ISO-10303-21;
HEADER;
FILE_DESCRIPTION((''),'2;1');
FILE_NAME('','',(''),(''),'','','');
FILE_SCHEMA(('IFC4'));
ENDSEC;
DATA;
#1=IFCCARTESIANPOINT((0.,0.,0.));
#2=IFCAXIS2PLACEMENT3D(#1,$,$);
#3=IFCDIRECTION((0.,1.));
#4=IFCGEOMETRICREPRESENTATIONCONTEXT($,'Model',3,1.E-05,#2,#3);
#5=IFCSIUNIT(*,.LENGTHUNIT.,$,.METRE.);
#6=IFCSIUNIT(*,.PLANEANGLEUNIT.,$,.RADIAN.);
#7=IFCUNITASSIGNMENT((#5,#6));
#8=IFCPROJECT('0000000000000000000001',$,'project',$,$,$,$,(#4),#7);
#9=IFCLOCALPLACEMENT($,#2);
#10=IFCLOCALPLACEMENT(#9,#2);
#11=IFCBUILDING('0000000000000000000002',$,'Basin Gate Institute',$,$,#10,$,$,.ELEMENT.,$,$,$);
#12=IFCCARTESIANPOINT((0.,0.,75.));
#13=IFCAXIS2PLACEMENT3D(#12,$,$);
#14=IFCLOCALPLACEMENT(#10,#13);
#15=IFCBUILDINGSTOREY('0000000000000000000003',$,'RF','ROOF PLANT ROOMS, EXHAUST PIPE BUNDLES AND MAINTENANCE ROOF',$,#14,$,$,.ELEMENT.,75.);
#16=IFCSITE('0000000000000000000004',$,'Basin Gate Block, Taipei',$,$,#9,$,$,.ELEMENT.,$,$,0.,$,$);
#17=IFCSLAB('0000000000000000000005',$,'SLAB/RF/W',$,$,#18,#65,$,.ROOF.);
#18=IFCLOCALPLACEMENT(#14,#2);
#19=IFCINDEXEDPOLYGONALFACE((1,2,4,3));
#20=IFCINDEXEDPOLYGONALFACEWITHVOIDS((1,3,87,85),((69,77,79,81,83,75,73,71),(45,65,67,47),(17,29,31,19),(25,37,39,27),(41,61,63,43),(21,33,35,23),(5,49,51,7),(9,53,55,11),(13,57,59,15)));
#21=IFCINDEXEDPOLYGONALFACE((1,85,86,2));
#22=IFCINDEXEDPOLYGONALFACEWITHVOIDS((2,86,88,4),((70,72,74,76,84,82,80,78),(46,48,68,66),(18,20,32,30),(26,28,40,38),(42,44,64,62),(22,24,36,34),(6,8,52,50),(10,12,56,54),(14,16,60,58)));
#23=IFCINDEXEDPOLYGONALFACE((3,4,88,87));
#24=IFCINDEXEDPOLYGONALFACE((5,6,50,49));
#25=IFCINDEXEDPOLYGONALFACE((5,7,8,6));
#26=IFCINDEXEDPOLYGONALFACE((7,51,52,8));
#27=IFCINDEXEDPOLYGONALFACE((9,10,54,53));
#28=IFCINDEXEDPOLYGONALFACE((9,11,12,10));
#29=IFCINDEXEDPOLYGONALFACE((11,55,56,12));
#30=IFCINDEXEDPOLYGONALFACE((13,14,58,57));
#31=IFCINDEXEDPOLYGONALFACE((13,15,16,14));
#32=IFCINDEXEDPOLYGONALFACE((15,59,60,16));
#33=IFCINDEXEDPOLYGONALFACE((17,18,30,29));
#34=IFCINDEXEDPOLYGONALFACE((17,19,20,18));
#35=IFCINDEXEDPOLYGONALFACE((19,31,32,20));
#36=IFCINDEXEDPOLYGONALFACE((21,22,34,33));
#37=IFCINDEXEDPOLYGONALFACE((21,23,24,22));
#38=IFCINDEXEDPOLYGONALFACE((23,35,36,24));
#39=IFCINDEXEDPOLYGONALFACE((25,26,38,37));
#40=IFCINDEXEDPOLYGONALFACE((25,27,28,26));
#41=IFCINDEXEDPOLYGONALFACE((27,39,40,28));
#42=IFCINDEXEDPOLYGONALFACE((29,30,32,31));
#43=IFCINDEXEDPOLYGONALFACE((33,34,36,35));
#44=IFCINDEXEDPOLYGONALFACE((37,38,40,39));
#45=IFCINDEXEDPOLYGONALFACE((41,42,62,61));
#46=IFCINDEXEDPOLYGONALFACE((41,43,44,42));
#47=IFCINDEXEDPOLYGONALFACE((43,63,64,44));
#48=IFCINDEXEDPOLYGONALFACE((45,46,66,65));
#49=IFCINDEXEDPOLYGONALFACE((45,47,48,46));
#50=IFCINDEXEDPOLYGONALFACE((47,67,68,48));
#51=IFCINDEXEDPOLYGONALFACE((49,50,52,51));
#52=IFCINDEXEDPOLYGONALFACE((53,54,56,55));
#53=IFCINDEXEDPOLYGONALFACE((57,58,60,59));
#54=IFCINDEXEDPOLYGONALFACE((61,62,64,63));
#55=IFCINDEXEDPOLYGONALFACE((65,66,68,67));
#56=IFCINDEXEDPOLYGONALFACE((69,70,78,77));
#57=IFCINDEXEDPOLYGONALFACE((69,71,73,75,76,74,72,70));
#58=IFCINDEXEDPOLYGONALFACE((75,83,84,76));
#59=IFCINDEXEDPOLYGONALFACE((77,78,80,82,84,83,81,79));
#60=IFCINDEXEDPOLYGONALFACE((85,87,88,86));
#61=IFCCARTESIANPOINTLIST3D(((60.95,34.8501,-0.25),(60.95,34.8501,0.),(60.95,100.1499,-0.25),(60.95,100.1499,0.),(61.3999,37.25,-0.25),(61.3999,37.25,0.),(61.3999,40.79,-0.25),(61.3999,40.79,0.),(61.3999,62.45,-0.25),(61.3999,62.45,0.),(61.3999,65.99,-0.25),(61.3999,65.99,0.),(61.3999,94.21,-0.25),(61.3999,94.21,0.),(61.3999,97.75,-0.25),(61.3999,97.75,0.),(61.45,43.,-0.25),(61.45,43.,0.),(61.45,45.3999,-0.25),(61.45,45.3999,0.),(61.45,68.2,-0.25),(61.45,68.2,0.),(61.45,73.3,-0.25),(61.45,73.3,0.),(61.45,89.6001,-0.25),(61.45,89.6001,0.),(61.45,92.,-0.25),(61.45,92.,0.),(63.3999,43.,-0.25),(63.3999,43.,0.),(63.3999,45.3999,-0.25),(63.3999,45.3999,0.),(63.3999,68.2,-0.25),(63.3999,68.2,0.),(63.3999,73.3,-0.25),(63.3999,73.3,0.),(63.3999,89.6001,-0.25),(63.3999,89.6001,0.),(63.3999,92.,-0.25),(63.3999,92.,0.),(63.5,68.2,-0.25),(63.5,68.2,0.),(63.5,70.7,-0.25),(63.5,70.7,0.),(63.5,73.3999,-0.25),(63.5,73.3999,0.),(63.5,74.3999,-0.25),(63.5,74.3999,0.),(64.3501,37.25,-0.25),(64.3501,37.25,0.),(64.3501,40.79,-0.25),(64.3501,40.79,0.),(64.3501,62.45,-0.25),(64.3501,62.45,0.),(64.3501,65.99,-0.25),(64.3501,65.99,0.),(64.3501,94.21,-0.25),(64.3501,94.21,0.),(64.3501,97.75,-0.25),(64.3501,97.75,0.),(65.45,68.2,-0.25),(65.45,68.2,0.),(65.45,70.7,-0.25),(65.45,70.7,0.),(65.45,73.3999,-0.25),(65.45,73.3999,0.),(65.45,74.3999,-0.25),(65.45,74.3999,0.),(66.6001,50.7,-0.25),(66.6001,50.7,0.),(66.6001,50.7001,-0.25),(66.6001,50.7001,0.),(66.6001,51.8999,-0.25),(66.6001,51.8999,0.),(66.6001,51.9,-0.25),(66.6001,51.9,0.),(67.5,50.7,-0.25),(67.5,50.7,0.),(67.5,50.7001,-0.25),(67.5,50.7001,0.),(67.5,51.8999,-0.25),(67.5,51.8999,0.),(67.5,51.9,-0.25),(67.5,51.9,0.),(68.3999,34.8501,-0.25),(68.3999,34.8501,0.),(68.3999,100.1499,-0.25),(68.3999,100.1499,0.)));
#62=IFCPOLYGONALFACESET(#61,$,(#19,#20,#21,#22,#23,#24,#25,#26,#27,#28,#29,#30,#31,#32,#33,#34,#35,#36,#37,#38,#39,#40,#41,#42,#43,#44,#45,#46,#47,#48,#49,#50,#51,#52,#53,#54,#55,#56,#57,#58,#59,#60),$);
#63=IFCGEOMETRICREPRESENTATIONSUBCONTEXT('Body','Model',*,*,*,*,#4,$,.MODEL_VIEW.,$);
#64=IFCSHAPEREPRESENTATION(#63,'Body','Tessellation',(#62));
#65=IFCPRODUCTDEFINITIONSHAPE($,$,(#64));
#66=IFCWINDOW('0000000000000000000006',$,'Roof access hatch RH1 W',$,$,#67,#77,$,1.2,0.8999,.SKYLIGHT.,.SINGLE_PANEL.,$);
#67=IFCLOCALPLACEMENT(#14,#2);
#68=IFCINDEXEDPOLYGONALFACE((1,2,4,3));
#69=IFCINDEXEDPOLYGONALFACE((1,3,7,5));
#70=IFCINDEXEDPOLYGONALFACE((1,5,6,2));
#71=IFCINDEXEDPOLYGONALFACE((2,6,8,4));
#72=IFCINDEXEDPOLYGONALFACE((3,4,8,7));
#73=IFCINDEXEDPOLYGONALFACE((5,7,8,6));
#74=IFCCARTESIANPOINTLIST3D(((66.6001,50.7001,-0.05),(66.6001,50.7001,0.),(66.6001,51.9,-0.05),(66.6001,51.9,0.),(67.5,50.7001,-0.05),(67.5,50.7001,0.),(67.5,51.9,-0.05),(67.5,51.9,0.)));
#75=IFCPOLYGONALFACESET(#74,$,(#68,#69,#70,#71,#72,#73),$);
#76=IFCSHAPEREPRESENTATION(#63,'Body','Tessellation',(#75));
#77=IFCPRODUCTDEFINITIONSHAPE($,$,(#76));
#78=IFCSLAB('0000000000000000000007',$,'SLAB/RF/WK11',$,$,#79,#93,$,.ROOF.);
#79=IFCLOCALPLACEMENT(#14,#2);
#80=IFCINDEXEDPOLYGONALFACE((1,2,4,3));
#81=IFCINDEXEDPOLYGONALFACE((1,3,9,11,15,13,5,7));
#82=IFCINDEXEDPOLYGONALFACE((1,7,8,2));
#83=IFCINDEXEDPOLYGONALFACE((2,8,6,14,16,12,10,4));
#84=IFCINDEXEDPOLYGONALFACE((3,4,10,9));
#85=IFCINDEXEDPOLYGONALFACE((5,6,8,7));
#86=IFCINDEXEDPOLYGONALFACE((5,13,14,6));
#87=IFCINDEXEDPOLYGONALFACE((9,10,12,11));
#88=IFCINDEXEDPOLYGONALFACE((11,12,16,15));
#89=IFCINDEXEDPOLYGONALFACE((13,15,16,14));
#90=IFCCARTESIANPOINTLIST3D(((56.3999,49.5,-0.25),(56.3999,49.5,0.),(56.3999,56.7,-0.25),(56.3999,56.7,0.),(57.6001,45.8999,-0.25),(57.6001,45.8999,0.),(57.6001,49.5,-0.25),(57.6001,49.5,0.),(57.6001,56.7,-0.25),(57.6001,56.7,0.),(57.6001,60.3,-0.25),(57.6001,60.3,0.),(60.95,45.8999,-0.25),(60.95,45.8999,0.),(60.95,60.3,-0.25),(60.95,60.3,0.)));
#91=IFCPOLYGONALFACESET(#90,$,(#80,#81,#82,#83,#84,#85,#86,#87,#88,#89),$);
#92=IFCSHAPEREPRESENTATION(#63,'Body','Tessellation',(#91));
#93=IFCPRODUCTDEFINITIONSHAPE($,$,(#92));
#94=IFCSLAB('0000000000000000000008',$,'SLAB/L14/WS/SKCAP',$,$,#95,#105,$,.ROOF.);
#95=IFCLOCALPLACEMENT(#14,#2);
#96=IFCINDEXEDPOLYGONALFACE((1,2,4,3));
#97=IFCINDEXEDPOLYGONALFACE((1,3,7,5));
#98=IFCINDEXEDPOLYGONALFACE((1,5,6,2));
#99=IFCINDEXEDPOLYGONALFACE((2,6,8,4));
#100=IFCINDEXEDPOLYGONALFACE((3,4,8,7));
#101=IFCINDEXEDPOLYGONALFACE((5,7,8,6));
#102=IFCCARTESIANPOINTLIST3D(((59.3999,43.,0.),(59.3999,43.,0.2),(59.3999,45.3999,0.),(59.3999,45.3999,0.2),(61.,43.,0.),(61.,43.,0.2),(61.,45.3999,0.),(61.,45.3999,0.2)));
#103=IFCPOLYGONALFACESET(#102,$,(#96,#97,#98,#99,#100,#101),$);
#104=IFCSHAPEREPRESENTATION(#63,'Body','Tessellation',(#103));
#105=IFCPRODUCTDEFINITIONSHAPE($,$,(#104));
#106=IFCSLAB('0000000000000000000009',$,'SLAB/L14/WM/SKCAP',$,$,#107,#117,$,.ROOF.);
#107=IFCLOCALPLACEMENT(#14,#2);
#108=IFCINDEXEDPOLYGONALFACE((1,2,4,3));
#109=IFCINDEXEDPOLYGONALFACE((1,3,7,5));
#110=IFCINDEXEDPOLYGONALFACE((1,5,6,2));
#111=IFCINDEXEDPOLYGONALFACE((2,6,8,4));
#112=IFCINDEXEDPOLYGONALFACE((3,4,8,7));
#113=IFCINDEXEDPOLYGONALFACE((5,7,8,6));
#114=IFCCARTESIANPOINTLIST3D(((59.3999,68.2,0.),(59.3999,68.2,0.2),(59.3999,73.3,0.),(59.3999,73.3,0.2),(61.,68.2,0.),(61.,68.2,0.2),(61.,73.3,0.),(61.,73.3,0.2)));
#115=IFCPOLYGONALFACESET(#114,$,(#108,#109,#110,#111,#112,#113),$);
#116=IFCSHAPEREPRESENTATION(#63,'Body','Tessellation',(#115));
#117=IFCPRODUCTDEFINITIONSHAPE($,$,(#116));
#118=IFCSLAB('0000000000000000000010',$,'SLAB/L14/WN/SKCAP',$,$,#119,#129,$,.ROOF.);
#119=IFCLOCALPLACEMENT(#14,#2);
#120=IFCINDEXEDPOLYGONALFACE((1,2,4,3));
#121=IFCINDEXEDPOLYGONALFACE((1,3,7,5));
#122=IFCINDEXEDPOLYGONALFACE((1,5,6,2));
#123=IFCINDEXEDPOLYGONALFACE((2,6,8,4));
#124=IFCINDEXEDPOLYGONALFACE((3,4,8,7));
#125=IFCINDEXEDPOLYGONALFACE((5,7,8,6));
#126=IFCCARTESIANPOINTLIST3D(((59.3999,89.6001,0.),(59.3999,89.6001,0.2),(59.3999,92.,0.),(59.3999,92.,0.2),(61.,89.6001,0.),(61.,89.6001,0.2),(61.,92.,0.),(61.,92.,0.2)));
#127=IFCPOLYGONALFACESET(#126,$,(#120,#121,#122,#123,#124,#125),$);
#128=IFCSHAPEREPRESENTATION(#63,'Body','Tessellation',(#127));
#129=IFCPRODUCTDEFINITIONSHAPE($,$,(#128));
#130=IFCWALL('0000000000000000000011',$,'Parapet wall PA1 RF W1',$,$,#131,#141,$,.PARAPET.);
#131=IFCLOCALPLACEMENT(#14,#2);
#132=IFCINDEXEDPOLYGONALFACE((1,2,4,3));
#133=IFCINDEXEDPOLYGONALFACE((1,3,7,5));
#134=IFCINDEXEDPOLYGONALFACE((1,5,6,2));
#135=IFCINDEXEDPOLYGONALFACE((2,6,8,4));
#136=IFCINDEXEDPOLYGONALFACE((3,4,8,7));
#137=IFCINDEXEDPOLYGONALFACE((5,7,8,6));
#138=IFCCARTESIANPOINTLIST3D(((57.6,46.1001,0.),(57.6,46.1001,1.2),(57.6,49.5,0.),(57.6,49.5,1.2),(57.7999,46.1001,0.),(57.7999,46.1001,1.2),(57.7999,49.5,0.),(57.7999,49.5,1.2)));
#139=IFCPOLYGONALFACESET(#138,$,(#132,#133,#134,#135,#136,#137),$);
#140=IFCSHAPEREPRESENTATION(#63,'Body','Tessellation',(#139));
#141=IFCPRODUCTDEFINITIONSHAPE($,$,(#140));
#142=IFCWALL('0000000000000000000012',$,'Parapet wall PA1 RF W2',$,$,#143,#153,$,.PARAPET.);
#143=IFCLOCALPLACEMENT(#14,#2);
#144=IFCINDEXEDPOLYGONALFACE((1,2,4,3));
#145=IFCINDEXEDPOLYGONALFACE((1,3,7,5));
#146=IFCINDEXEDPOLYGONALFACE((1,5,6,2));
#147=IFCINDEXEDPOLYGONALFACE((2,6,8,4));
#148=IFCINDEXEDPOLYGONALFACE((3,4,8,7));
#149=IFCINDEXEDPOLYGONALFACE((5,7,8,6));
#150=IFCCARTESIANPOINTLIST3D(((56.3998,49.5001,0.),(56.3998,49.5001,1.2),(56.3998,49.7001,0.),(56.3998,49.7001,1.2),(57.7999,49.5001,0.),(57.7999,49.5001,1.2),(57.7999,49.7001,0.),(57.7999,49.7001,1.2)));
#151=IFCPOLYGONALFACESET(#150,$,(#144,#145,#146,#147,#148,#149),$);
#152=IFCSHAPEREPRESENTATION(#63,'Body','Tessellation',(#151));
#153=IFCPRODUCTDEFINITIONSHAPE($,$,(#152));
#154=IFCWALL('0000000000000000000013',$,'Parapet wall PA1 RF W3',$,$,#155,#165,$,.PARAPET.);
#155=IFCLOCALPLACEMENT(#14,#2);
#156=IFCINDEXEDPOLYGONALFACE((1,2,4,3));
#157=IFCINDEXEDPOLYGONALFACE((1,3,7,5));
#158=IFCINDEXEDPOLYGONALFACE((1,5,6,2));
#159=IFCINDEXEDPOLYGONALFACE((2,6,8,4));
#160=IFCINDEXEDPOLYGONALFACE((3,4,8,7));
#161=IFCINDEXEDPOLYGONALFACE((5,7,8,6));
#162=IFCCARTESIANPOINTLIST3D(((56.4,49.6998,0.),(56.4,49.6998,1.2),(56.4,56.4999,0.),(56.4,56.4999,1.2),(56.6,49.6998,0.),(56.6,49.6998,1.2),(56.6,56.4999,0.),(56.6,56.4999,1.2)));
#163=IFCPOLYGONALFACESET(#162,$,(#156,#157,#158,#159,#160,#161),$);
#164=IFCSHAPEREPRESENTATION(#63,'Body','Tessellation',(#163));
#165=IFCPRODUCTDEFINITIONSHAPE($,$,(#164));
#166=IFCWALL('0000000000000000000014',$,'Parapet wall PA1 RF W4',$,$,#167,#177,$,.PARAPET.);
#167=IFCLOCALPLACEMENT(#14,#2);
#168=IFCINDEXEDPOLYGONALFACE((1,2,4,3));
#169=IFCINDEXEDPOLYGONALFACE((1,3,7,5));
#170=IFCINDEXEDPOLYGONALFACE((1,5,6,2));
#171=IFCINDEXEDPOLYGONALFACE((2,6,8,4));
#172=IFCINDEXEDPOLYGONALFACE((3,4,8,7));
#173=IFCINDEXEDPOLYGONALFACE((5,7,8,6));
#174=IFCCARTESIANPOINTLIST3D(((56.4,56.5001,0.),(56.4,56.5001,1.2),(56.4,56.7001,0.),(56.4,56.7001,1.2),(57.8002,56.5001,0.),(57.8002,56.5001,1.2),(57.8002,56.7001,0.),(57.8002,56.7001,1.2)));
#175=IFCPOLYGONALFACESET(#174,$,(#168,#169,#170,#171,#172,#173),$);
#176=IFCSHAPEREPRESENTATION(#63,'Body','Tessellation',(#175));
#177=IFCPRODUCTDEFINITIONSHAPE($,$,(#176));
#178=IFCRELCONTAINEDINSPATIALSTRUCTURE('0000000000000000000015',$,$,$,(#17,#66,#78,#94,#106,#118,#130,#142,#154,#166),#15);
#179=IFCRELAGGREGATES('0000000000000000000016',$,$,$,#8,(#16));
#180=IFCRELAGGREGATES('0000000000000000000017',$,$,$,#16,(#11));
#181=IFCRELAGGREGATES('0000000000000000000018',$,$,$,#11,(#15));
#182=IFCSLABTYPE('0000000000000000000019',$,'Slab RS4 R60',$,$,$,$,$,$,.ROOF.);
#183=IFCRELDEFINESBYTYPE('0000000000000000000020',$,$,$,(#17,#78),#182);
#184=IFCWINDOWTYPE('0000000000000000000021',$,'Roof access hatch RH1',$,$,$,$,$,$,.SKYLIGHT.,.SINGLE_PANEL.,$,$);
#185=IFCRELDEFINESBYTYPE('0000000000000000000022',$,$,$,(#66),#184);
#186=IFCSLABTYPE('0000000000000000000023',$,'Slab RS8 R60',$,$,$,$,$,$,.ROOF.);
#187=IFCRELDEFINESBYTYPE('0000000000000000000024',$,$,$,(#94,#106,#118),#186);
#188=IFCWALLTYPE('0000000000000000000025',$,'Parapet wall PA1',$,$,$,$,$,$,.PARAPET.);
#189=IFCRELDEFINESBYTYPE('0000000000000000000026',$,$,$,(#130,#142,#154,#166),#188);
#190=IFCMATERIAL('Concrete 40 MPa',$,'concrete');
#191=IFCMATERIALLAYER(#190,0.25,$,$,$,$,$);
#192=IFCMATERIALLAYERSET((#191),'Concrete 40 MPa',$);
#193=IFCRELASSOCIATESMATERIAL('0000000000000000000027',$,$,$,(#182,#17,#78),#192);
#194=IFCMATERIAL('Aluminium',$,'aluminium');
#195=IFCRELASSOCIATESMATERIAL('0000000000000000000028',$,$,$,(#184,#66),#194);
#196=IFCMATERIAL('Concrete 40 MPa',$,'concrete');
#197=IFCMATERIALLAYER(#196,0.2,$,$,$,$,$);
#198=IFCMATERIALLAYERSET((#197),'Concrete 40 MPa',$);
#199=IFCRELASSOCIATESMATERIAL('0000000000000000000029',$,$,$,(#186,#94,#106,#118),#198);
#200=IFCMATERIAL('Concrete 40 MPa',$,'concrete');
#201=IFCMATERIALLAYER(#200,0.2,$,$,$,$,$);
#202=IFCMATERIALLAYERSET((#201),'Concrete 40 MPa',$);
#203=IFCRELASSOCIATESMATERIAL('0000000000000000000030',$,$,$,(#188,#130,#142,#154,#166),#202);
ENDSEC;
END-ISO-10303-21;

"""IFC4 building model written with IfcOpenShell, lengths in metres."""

from ifc_helpers import new_model, si_unit, direction, frame, frame_2d, origin, origin_2d, place, context, subcontext, project, spatial, polyline, rectangle, outline, extrude, material, layer, layer_set, type_object, element, fill, save


model = new_model("IFC4")

# Units and contexts
model_context = context("Model", 3, precision=1e-05, world=origin(), true_north=direction((0.0, 1.0)))
body_context = subcontext(model_context, "Body", "Model", "MODEL_VIEW")
ifc_project = project(units=[si_unit("LENGTHUNIT", "METRE"), si_unit("PLANEANGLEUNIT", "RADIAN")], contexts=[model_context])

# Site, building, storey
site_placement = place(None, origin())
site = spatial("IfcSite", under=ifc_project, at=site_placement, Name="Basin Gate Block, Taipei", CompositionType="ELEMENT", RefElevation=0.0)
building_placement = place(site_placement, origin())
building = spatial("IfcBuilding", under=site, at=building_placement, Name="Basin Gate Institute", CompositionType="ELEMENT")
storey_placement = place(building_placement, frame((0.0, 0.0, 75.0)))
storey = spatial("IfcBuildingStorey", under=building, at=storey_placement, Name="RF", Description="ROOF PLANT ROOMS, EXHAUST PIPE BUNDLES AND MAINTENANCE ROOF", CompositionType="ELEMENT", Elevation=75.0)

# Slab, opening, window
ifc_material_1 = material(Name="Concrete 40 MPa", Category="concrete")
ifc_layer_1 = layer(ifc_material_1, 0.25)
ifc_layer_set_1 = layer_set([ifc_layer_1], Name="Concrete 40 MPa")
slab_type_1 = type_object("IfcSlabType", Name="Slab RS4 R60", PredefinedType="ROOF", material=ifc_layer_set_1)
slab_1_placement = place(storey_placement, frame((0.0, 0.0, -0.25)))
slab_1 = element("IfcSlab", 1, at=slab_1_placement, inside=storey, type_object=slab_type_1, material=ifc_layer_set_1, Name="SLAB/RF/W", PredefinedType="ROOF", context=body_context, shape_type="SweptSolid", body=[
    extrude(outline(polyline([(60.95, 34.8501), (68.3999, 34.8501), (68.3999, 100.1499), (60.95, 100.1499), (60.95, 34.8501)]), holes=[polyline([(61.3999, 37.25), (64.3501, 37.25), (64.3501, 40.79), (61.3999, 40.79), (61.3999, 37.25)]), polyline([(61.3999, 62.45), (64.3501, 62.45), (64.3501, 65.99), (61.3999, 65.99), (61.3999, 62.45)]), polyline([(61.3999, 94.21), (64.3501, 94.21), (64.3501, 97.75), (61.3999, 97.75), (61.3999, 94.21)]), polyline([(61.45, 43.0), (63.3999, 43.0), (63.3999, 45.3999), (61.45, 45.3999), (61.45, 43.0)]), polyline([(61.45, 68.2), (63.3999, 68.2), (63.3999, 73.3), (61.45, 73.3), (61.45, 68.2)]), polyline([(63.5, 73.3999), (65.45, 73.3999), (65.45, 74.3999), (63.5, 74.3999), (63.5, 73.3999)]), polyline([(61.45, 89.6001), (63.3999, 89.6001), (63.3999, 92.0), (61.45, 92.0), (61.45, 89.6001)]), polyline([(63.5, 68.2), (65.45, 68.2), (65.45, 70.7), (63.5, 70.7), (63.5, 68.2)]), polyline([(66.6001, 50.7), (67.5, 50.7), (67.5, 51.8999), (66.6001, 51.8999), (66.6001, 50.7)])]), origin(), (0.0, 0.0, 1.0), 0.25),
])
opening_placement = place(slab_1_placement, frame((67.05, 51.3, 0.0)))
opening = element("IfcOpeningElement", 2, at=opening_placement, cuts=slab_1, PredefinedType="OPENING", context=body_context, shape_type="SweptSolid", body=[
    extrude(rectangle(XDim=0.8999, YDim=1.2, at=origin_2d()), origin(), (0.0, 0.0, 1.0), 0.25),
])
ifc_material_2 = material(Name="Aluminium", Category="aluminium")
window_type = type_object("IfcWindowType", Name="Roof access hatch RH1", PartitioningType="SINGLE_PANEL", PredefinedType="SKYLIGHT", material=ifc_material_2)
window_placement = place(opening_placement, frame((0.0, 0.0, 0.2)))
window = element("IfcWindow", 3, at=window_placement, inside=storey, type_object=window_type, material=ifc_material_2, Name="Roof access hatch RH1 W", OverallHeight=1.2, OverallWidth=0.8999, PartitioningType="SINGLE_PANEL", PredefinedType="SKYLIGHT", context=body_context, shape_type="SweptSolid", body=[
    extrude(rectangle(XDim=0.8999, YDim=1.2, at=origin_2d()), origin(), (0.0, 0.0, 1.0), 0.05),
])
fill(opening, window)

# Slabs
slab_2_placement = place(storey_placement, frame((0.0, 0.0, -0.25)))
element("IfcSlab", 4, at=slab_2_placement, inside=storey, type_object=slab_type_1, material=ifc_layer_set_1, Name="SLAB/RF/WK11", PredefinedType="ROOF", context=body_context, shape_type="SweptSolid", body=[
    extrude(outline(polyline([(57.6001, 45.8999), (57.6001, 49.5), (56.3999, 49.5), (56.3999, 56.7), (57.6001, 56.7), (57.6001, 60.3), (60.95, 60.3), (60.95, 45.8999), (57.6001, 45.8999)])), origin(), (0.0, 0.0, 1.0), 0.25),
])
ifc_material_3 = material(Name="Concrete 40 MPa", Category="concrete")
ifc_layer_2 = layer(ifc_material_3, 0.2)
ifc_layer_set_2 = layer_set([ifc_layer_2], Name="Concrete 40 MPa")
slab_type_2 = type_object("IfcSlabType", Name="Slab RS8 R60", PredefinedType="ROOF", material=ifc_layer_set_2)
slab_3_placement = place(storey_placement, origin())
element("IfcSlab", 5, at=slab_3_placement, inside=storey, type_object=slab_type_2, material=ifc_layer_set_2, Name="SLAB/L14/WS/SKCAP", PredefinedType="ROOF", context=body_context, shape_type="SweptSolid", body=[
    extrude(outline(polyline([(59.3999, 43.0), (61.0, 43.0), (61.0, 45.3999), (59.3999, 45.3999), (59.3999, 43.0)])), origin(), (0.0, 0.0, 1.0), 0.2),
])
slab_4_placement = place(storey_placement, origin())
element("IfcSlab", 6, at=slab_4_placement, inside=storey, type_object=slab_type_2, material=ifc_layer_set_2, Name="SLAB/L14/WM/SKCAP", PredefinedType="ROOF", context=body_context, shape_type="SweptSolid", body=[
    extrude(outline(polyline([(59.3999, 68.2), (61.0, 68.2), (61.0, 73.3), (59.3999, 73.3), (59.3999, 68.2)])), origin(), (0.0, 0.0, 1.0), 0.2),
])
slab_5_placement = place(storey_placement, origin())
element("IfcSlab", 7, at=slab_5_placement, inside=storey, type_object=slab_type_2, material=ifc_layer_set_2, Name="SLAB/L14/WN/SKCAP", PredefinedType="ROOF", context=body_context, shape_type="SweptSolid", body=[
    extrude(outline(polyline([(59.3999, 89.6001), (61.0, 89.6001), (61.0, 92.0), (59.3999, 92.0), (59.3999, 89.6001)])), origin(), (0.0, 0.0, 1.0), 0.2),
])

# Walls
ifc_material_4 = material(Name="Concrete 40 MPa", Category="concrete")
ifc_layer_3 = layer(ifc_material_4, 0.2)
ifc_layer_set_3 = layer_set([ifc_layer_3], Name="Concrete 40 MPa")
wall_type = type_object("IfcWallType", Name="Parapet wall PA1", PredefinedType="PARAPET", material=ifc_layer_set_3)
wall_1_placement = place(storey_placement, frame((57.7, 46.1001, 0.0), z_axis=(0.0, 0.0, 1.0), x_axis=(0.0, 1.0, 0.0)))
element("IfcWall", 8, at=wall_1_placement, inside=storey, type_object=wall_type, material=ifc_layer_set_3, Name="Parapet wall PA1 RF W1", PredefinedType="PARAPET", context=body_context, shape_type="SweptSolid", body=[
    extrude(rectangle(XDim=3.3999, YDim=0.2, at=frame_2d((1.7, 0.0))), origin(), (0.0, 0.0, 1.0), 1.2),
])
wall_2_placement = place(storey_placement, frame((57.8, 49.6001, 0.0), z_axis=(0.0, 0.0, 1.0), x_axis=(-1.0, 0.0, 0.0)))
element("IfcWall", 9, at=wall_2_placement, inside=storey, type_object=wall_type, material=ifc_layer_set_3, Name="Parapet wall PA1 RF W2", PredefinedType="PARAPET", context=body_context, shape_type="SweptSolid", body=[
    extrude(rectangle(XDim=1.4001, YDim=0.2, at=frame_2d((0.7002, 0.0))), origin(), (0.0, 0.0, 1.0), 1.2),
])
wall_3_placement = place(storey_placement, frame((56.5, 49.7, 0.0), z_axis=(0.0, 0.0, 1.0), x_axis=(0.0, 1.0, 0.0)))
element("IfcWall", 10, at=wall_3_placement, inside=storey, type_object=wall_type, material=ifc_layer_set_3, Name="Parapet wall PA1 RF W3", PredefinedType="PARAPET", context=body_context, shape_type="SweptSolid", body=[
    extrude(rectangle(XDim=6.8, YDim=0.2, at=frame_2d((3.3999, 0.0))), origin(), (0.0, 0.0, 1.0), 1.2),
])
wall_4_placement = place(storey_placement, frame((56.3999, 56.6001, 0.0), z_axis=(0.0, 0.0, 1.0), x_axis=(1.0, 0.0, 0.0)))
element("IfcWall", 11, at=wall_4_placement, inside=storey, type_object=wall_type, material=ifc_layer_set_3, Name="Parapet wall PA1 RF W4", PredefinedType="PARAPET", context=body_context, shape_type="SweptSolid", body=[
    extrude(rectangle(XDim=1.4001, YDim=0.2, at=frame_2d((0.7002, 0.0))), origin(), (0.0, 0.0, 1.0), 1.2),
])

save(model, "model.ifc")
